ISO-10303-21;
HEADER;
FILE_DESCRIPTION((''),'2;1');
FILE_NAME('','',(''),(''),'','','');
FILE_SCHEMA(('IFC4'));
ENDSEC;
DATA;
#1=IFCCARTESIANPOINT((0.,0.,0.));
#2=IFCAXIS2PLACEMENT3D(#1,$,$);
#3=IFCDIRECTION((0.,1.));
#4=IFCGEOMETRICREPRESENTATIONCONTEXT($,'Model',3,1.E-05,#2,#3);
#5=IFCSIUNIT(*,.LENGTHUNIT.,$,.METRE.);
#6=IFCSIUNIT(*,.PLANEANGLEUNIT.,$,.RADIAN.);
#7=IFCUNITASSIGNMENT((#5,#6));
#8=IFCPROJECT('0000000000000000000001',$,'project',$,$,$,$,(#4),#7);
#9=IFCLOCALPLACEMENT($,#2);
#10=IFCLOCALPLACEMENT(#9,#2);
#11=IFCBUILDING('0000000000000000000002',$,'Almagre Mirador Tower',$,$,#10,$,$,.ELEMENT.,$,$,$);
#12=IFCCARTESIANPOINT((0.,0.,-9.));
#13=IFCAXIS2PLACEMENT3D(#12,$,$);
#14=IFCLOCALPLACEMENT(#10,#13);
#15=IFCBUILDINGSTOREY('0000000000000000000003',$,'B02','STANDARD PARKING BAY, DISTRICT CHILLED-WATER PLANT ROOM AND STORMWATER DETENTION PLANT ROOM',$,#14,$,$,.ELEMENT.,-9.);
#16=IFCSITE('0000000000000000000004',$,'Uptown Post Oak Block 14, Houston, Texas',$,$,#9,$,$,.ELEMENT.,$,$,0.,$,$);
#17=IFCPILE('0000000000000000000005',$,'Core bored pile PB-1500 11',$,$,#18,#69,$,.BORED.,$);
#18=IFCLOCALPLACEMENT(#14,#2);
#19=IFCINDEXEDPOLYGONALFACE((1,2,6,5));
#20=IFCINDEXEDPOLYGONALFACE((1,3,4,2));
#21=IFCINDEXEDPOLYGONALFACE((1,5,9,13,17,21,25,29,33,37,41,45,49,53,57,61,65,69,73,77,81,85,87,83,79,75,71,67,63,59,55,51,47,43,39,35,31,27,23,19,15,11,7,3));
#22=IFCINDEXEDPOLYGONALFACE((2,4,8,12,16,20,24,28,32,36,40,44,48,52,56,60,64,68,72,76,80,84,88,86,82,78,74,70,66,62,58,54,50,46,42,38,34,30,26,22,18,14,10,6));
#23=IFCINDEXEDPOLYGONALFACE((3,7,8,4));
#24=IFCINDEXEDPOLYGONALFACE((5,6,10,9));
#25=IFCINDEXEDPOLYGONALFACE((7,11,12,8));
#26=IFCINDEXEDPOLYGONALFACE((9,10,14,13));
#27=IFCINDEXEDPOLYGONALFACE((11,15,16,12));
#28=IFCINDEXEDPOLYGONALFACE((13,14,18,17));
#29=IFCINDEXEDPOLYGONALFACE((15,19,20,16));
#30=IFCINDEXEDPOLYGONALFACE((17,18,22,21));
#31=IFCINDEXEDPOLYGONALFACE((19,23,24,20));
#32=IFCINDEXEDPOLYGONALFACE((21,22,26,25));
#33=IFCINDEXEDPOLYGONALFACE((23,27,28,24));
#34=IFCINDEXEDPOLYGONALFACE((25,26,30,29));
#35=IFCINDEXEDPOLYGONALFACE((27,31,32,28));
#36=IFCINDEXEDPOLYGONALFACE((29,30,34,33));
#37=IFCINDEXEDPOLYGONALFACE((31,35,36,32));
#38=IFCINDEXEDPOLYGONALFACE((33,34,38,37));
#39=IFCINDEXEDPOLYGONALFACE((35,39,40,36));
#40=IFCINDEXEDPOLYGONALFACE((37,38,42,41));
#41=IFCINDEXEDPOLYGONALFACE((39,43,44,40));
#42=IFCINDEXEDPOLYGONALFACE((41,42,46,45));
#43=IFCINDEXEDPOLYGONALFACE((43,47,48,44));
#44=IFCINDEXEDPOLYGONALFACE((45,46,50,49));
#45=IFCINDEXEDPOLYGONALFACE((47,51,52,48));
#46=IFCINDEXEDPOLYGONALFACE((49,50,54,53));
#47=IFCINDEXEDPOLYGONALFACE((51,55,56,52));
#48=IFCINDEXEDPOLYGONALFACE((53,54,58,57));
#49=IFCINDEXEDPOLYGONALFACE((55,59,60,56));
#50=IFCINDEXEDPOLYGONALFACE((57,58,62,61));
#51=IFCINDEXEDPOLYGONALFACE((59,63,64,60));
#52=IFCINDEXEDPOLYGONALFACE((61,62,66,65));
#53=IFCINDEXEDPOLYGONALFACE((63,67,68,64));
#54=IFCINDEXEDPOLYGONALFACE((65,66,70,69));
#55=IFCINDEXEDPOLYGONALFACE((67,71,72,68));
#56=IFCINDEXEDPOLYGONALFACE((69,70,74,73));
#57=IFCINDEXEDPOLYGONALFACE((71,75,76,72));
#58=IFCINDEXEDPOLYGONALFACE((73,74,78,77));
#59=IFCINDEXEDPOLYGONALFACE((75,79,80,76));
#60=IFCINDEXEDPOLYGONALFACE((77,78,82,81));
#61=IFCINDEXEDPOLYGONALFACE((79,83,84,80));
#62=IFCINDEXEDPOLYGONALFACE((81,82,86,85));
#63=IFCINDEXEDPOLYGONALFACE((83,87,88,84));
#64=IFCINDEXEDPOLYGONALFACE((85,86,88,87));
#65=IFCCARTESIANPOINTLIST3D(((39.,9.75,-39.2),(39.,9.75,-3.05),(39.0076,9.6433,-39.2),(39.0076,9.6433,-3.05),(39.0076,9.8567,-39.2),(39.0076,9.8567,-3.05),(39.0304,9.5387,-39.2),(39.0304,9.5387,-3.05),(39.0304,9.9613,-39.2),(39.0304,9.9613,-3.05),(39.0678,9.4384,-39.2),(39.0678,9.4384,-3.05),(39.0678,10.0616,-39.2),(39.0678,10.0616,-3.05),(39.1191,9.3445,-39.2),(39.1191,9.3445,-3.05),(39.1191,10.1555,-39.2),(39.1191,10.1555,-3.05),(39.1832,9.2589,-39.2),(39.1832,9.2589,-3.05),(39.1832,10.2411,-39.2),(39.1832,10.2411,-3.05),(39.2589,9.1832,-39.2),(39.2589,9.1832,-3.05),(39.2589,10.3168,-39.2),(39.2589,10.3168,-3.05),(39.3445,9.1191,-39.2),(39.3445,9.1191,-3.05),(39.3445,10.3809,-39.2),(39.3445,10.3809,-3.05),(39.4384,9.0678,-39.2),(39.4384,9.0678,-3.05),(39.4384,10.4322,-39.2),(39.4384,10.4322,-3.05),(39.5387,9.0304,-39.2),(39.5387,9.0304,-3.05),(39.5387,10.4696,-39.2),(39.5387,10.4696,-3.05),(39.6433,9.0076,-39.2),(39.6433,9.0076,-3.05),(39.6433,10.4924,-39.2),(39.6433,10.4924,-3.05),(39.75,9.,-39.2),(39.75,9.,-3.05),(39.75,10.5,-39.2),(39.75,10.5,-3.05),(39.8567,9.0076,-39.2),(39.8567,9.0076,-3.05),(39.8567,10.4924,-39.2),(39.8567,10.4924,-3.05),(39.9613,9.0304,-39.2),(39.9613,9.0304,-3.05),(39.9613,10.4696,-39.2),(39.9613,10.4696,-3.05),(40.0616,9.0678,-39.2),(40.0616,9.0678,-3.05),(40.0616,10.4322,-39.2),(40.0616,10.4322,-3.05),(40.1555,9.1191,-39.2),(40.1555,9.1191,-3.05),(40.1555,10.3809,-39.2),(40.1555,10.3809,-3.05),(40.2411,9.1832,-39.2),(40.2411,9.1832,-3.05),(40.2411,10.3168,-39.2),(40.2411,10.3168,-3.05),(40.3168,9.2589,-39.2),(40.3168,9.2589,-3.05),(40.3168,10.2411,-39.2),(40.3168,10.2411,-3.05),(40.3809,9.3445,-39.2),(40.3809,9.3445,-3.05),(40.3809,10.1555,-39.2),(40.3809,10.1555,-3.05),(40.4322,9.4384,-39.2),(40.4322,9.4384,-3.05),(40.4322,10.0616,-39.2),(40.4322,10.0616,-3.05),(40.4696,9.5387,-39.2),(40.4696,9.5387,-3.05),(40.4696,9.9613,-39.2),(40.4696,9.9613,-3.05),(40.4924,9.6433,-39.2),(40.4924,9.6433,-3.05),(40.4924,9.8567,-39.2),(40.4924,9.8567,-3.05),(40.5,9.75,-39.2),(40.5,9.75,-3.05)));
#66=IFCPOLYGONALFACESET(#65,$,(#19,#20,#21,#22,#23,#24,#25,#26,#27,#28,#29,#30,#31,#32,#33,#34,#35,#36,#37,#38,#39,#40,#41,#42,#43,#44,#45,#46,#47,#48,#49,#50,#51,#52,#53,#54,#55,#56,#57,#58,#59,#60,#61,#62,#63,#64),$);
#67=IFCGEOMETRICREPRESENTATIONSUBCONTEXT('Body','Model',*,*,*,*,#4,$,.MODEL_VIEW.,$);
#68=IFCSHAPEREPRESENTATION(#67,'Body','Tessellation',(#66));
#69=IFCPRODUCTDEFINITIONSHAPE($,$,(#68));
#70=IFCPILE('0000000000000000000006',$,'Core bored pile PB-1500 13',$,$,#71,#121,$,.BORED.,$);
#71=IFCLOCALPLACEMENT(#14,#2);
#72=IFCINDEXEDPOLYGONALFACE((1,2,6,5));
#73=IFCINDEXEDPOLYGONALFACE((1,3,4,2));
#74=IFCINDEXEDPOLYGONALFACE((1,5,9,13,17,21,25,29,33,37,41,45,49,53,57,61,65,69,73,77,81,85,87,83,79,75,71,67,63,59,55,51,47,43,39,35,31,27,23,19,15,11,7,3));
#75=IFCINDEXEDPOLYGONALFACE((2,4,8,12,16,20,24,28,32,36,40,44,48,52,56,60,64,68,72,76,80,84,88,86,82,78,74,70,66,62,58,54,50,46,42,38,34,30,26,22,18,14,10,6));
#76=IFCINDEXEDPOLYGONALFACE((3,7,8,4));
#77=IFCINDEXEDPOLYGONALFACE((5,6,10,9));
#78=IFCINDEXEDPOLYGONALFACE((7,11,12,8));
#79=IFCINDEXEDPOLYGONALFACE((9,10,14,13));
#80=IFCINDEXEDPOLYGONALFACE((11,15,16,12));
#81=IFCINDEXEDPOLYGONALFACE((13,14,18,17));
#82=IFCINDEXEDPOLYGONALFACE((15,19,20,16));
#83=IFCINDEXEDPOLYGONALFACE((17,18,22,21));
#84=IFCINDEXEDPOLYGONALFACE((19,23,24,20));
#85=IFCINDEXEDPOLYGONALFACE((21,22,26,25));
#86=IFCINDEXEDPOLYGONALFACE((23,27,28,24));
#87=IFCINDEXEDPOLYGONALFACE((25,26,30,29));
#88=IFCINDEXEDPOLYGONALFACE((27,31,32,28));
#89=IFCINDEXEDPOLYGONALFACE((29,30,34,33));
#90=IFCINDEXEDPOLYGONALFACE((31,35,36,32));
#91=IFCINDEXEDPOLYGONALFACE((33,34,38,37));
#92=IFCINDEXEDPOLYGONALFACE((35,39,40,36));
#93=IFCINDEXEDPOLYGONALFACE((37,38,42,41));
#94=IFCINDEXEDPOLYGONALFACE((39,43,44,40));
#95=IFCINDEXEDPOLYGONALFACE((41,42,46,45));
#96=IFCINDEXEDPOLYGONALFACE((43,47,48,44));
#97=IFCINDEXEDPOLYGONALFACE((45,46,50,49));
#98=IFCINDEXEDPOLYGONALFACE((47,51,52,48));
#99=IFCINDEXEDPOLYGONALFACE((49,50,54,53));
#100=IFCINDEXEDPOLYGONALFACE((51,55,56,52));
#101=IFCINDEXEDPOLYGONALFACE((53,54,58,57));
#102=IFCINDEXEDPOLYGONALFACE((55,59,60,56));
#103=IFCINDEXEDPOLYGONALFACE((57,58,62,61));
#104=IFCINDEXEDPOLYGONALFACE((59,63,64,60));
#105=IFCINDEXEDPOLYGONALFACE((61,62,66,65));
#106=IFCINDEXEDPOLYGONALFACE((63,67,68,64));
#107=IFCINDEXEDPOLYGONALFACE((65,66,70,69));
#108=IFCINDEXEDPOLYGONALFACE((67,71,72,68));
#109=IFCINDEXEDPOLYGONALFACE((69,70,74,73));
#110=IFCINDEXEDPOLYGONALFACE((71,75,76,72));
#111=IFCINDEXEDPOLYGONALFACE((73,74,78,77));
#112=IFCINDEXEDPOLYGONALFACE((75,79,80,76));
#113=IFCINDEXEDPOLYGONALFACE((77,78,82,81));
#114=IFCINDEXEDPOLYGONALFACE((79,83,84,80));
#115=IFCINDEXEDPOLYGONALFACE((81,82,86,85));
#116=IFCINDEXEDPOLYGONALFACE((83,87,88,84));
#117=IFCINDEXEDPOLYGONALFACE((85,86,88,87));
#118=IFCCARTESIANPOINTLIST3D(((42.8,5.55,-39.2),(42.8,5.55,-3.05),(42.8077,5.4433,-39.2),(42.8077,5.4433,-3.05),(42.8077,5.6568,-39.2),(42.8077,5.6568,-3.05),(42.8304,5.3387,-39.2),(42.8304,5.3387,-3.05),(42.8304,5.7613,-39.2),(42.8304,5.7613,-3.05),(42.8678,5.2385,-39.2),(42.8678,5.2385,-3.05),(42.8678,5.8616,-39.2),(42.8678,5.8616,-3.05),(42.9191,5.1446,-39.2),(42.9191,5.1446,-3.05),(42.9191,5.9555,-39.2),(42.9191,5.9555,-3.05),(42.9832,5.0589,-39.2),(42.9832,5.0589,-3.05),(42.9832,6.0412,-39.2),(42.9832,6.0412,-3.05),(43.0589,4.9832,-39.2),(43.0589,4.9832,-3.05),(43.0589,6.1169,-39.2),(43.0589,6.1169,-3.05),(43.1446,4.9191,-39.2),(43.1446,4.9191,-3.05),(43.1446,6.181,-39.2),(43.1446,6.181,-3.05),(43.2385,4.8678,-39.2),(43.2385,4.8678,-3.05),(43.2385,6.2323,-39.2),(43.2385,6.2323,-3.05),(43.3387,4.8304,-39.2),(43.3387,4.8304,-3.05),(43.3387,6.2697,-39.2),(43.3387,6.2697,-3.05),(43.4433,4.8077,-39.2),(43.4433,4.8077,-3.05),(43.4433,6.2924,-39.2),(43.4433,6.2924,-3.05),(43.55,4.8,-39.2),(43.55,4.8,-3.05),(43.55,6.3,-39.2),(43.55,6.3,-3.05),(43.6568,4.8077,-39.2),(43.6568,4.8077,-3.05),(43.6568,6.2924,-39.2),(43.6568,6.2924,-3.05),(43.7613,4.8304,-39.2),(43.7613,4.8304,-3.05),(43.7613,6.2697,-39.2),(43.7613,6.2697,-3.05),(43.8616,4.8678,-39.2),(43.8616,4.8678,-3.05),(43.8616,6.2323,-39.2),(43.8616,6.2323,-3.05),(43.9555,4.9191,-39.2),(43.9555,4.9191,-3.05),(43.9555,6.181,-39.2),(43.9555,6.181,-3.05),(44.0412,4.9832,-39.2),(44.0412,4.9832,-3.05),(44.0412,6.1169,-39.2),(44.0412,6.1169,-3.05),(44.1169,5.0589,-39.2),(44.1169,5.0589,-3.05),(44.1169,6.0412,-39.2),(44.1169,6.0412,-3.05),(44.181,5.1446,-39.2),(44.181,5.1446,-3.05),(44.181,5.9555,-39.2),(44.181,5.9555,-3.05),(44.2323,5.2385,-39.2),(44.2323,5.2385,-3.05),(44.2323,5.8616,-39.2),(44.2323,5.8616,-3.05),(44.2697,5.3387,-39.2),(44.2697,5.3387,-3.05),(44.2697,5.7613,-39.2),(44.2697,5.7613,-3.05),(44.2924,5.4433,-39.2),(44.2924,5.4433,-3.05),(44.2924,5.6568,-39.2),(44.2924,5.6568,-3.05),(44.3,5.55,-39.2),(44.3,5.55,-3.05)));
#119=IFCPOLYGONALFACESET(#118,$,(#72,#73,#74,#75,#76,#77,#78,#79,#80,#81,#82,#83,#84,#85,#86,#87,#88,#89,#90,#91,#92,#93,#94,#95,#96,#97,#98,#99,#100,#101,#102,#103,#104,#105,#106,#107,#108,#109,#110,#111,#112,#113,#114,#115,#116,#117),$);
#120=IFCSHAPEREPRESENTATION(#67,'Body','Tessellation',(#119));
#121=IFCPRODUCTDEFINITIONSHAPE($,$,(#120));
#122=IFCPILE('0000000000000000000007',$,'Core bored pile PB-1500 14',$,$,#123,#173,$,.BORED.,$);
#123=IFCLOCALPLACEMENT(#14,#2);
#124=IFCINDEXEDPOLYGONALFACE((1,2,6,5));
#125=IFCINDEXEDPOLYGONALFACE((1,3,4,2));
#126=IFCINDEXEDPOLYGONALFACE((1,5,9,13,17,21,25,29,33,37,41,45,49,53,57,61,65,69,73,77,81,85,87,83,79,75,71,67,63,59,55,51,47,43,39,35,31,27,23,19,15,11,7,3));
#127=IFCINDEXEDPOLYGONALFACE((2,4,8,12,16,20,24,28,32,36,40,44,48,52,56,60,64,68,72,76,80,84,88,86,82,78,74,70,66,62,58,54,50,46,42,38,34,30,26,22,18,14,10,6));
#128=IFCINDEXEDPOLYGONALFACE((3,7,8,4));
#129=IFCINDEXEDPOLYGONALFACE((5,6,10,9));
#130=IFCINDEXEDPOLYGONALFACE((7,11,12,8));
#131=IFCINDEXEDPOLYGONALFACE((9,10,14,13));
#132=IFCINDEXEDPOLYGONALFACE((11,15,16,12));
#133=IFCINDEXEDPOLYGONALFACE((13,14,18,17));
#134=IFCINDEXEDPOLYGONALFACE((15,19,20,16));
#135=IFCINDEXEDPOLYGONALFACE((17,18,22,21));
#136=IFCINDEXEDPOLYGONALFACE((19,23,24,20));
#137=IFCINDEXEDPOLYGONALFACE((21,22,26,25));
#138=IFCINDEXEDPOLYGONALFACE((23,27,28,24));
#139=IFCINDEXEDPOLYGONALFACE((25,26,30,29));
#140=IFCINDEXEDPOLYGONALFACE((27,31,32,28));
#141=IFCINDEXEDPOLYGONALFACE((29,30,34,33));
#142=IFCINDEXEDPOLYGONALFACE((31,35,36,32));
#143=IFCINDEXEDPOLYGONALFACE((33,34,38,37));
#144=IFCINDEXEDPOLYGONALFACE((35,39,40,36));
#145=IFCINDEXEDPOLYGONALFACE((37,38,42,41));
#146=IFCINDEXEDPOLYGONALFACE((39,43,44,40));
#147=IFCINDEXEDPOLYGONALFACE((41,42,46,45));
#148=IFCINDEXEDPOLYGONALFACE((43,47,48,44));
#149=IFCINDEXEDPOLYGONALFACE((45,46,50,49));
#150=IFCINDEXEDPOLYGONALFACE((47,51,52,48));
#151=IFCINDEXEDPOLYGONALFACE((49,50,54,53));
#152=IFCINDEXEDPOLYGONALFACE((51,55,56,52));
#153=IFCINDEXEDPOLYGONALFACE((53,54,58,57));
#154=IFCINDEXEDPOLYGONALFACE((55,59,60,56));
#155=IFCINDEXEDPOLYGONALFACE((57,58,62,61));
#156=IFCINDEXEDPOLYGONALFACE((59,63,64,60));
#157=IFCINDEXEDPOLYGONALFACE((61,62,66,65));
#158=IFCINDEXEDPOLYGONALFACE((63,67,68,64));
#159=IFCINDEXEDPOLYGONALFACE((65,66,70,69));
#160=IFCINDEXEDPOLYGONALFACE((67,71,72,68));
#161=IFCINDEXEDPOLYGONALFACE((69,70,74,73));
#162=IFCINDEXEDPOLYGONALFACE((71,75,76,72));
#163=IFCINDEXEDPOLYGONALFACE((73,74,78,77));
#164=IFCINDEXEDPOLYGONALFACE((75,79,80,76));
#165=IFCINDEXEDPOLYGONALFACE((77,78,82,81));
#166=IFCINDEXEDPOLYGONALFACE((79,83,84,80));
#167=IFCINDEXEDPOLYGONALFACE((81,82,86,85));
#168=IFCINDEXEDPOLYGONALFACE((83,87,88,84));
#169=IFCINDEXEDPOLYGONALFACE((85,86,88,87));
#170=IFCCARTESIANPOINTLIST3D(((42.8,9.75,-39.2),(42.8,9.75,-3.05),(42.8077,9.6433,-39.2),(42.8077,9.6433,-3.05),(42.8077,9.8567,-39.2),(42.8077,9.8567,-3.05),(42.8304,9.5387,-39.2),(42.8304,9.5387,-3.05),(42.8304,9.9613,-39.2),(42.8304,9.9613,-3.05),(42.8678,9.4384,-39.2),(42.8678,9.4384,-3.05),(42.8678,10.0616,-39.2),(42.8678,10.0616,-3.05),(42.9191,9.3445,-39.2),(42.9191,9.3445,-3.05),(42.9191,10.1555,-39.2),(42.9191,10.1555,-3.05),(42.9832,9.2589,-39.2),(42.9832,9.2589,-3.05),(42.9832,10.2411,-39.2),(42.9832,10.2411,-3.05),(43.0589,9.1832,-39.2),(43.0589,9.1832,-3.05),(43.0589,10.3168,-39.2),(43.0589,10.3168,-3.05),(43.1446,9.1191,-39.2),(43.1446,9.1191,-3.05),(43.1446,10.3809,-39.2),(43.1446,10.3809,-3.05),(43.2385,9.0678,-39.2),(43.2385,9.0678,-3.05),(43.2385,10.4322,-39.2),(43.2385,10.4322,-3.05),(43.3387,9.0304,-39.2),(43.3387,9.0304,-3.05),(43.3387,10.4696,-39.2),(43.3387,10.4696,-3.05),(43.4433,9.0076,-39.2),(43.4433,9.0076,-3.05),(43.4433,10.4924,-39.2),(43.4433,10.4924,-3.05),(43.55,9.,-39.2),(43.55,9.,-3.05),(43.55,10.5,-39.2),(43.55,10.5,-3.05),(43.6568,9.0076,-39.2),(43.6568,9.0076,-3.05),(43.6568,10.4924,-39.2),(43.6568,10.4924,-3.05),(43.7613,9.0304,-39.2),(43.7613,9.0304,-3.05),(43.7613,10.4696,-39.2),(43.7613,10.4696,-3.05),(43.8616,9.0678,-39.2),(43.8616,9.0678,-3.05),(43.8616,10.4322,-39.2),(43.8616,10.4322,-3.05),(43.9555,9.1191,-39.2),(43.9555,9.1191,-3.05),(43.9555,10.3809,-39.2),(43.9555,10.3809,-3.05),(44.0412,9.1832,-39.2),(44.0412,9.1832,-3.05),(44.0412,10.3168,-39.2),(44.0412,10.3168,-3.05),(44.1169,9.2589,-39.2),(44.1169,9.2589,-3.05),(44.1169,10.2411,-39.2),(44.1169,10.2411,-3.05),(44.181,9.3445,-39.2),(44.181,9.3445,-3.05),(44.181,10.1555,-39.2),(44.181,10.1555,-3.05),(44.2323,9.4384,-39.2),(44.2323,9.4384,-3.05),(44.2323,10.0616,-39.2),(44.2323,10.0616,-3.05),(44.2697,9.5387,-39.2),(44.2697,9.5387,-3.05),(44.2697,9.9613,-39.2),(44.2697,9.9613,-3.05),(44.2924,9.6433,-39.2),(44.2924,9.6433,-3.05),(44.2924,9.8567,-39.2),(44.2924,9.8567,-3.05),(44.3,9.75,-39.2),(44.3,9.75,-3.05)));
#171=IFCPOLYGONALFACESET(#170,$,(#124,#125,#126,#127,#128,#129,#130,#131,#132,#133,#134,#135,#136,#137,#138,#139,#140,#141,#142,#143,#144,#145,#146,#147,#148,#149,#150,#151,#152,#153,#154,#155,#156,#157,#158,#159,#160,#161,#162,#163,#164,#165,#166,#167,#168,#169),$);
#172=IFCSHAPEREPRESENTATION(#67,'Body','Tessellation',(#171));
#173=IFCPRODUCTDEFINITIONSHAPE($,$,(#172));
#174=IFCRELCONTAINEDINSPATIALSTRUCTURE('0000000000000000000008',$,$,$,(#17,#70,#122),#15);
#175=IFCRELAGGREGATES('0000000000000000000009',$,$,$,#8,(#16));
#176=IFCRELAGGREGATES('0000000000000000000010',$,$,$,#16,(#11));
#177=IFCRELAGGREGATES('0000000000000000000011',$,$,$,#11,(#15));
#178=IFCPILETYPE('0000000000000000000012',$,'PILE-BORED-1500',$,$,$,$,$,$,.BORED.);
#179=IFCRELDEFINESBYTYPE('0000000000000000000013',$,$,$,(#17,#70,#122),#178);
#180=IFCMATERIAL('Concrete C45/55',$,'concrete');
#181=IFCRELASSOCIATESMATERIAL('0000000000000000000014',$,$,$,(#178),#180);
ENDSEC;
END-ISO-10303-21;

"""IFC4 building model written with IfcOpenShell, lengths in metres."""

from ifc_helpers import new_model, si_unit, direction, frame, origin, origin_2d, place, context, subcontext, project, spatial, circle, extrude, material, material_profile, profile_set, type_object, element, save


model = new_model("IFC4")

# Units and contexts
model_context = context("Model", 3, precision=1e-05, world=origin(), true_north=direction((0.0, 1.0)))
body_context = subcontext(model_context, "Body", "Model", "MODEL_VIEW")
ifc_project = project(units=[si_unit("LENGTHUNIT", "METRE"), si_unit("PLANEANGLEUNIT", "RADIAN")], contexts=[model_context])

# Site, building, storey
site_placement = place(None, origin())
site = spatial("IfcSite", under=ifc_project, at=site_placement, Name="Uptown Post Oak Block 14, Houston, Texas", CompositionType="ELEMENT", RefElevation=0.0)
building_placement = place(site_placement, origin())
building = spatial("IfcBuilding", under=site, at=building_placement, Name="Almagre Mirador Tower", CompositionType="ELEMENT")
storey_placement = place(building_placement, frame((0.0, 0.0, -9.0)))
storey = spatial("IfcBuildingStorey", under=building, at=storey_placement, Name="B02", Description="STANDARD PARKING BAY, DISTRICT CHILLED-WATER PLANT ROOM AND STORMWATER DETENTION PLANT ROOM", CompositionType="ELEMENT", Elevation=-9.0)

# Piles
ifc_material_1 = material(Name="Concrete C45/55", Category="concrete")
ifc_material_profile_1 = material_profile(ifc_material_1, circle(Radius=0.75, at=origin_2d()), Name="PILE1500D")
ifc_profile_set_1 = profile_set([ifc_material_profile_1], Name="Concrete C45/55")
pile_type = type_object("IfcPileType", Name="PILE-BORED-1500", PredefinedType="BORED", material=ifc_profile_set_1)
for number, where, z_axis, x_axis, name in (
    (1, (39.75, 9.75, -3.05), (0.0, 0.0, -1.0), (1.0, 0.0, 0.0), "Core bored pile PB-1500 11"),
    (2, (43.55, 5.55, -3.05), (0.0, 0.0, -1.0), (1.0, 0.0, 0.0), "Core bored pile PB-1500 13"),
    (3, (43.55, 9.75, -3.05), (0.0, 0.0, -1.0), (1.0, 0.0, 0.0), "Core bored pile PB-1500 14"),
):
    element("IfcPile", number, at=place(storey_placement, frame(where, z_axis=z_axis, x_axis=x_axis)), inside=storey, type_object=pile_type, Name=name, PredefinedType="BORED", context=body_context, shape_type="SweptSolid", body=[
        extrude(circle(Radius=0.75, at=origin_2d()), origin(), (0.0, 0.0, 1.0), 36.1499),
    ])

save(model, "model.ifc")
